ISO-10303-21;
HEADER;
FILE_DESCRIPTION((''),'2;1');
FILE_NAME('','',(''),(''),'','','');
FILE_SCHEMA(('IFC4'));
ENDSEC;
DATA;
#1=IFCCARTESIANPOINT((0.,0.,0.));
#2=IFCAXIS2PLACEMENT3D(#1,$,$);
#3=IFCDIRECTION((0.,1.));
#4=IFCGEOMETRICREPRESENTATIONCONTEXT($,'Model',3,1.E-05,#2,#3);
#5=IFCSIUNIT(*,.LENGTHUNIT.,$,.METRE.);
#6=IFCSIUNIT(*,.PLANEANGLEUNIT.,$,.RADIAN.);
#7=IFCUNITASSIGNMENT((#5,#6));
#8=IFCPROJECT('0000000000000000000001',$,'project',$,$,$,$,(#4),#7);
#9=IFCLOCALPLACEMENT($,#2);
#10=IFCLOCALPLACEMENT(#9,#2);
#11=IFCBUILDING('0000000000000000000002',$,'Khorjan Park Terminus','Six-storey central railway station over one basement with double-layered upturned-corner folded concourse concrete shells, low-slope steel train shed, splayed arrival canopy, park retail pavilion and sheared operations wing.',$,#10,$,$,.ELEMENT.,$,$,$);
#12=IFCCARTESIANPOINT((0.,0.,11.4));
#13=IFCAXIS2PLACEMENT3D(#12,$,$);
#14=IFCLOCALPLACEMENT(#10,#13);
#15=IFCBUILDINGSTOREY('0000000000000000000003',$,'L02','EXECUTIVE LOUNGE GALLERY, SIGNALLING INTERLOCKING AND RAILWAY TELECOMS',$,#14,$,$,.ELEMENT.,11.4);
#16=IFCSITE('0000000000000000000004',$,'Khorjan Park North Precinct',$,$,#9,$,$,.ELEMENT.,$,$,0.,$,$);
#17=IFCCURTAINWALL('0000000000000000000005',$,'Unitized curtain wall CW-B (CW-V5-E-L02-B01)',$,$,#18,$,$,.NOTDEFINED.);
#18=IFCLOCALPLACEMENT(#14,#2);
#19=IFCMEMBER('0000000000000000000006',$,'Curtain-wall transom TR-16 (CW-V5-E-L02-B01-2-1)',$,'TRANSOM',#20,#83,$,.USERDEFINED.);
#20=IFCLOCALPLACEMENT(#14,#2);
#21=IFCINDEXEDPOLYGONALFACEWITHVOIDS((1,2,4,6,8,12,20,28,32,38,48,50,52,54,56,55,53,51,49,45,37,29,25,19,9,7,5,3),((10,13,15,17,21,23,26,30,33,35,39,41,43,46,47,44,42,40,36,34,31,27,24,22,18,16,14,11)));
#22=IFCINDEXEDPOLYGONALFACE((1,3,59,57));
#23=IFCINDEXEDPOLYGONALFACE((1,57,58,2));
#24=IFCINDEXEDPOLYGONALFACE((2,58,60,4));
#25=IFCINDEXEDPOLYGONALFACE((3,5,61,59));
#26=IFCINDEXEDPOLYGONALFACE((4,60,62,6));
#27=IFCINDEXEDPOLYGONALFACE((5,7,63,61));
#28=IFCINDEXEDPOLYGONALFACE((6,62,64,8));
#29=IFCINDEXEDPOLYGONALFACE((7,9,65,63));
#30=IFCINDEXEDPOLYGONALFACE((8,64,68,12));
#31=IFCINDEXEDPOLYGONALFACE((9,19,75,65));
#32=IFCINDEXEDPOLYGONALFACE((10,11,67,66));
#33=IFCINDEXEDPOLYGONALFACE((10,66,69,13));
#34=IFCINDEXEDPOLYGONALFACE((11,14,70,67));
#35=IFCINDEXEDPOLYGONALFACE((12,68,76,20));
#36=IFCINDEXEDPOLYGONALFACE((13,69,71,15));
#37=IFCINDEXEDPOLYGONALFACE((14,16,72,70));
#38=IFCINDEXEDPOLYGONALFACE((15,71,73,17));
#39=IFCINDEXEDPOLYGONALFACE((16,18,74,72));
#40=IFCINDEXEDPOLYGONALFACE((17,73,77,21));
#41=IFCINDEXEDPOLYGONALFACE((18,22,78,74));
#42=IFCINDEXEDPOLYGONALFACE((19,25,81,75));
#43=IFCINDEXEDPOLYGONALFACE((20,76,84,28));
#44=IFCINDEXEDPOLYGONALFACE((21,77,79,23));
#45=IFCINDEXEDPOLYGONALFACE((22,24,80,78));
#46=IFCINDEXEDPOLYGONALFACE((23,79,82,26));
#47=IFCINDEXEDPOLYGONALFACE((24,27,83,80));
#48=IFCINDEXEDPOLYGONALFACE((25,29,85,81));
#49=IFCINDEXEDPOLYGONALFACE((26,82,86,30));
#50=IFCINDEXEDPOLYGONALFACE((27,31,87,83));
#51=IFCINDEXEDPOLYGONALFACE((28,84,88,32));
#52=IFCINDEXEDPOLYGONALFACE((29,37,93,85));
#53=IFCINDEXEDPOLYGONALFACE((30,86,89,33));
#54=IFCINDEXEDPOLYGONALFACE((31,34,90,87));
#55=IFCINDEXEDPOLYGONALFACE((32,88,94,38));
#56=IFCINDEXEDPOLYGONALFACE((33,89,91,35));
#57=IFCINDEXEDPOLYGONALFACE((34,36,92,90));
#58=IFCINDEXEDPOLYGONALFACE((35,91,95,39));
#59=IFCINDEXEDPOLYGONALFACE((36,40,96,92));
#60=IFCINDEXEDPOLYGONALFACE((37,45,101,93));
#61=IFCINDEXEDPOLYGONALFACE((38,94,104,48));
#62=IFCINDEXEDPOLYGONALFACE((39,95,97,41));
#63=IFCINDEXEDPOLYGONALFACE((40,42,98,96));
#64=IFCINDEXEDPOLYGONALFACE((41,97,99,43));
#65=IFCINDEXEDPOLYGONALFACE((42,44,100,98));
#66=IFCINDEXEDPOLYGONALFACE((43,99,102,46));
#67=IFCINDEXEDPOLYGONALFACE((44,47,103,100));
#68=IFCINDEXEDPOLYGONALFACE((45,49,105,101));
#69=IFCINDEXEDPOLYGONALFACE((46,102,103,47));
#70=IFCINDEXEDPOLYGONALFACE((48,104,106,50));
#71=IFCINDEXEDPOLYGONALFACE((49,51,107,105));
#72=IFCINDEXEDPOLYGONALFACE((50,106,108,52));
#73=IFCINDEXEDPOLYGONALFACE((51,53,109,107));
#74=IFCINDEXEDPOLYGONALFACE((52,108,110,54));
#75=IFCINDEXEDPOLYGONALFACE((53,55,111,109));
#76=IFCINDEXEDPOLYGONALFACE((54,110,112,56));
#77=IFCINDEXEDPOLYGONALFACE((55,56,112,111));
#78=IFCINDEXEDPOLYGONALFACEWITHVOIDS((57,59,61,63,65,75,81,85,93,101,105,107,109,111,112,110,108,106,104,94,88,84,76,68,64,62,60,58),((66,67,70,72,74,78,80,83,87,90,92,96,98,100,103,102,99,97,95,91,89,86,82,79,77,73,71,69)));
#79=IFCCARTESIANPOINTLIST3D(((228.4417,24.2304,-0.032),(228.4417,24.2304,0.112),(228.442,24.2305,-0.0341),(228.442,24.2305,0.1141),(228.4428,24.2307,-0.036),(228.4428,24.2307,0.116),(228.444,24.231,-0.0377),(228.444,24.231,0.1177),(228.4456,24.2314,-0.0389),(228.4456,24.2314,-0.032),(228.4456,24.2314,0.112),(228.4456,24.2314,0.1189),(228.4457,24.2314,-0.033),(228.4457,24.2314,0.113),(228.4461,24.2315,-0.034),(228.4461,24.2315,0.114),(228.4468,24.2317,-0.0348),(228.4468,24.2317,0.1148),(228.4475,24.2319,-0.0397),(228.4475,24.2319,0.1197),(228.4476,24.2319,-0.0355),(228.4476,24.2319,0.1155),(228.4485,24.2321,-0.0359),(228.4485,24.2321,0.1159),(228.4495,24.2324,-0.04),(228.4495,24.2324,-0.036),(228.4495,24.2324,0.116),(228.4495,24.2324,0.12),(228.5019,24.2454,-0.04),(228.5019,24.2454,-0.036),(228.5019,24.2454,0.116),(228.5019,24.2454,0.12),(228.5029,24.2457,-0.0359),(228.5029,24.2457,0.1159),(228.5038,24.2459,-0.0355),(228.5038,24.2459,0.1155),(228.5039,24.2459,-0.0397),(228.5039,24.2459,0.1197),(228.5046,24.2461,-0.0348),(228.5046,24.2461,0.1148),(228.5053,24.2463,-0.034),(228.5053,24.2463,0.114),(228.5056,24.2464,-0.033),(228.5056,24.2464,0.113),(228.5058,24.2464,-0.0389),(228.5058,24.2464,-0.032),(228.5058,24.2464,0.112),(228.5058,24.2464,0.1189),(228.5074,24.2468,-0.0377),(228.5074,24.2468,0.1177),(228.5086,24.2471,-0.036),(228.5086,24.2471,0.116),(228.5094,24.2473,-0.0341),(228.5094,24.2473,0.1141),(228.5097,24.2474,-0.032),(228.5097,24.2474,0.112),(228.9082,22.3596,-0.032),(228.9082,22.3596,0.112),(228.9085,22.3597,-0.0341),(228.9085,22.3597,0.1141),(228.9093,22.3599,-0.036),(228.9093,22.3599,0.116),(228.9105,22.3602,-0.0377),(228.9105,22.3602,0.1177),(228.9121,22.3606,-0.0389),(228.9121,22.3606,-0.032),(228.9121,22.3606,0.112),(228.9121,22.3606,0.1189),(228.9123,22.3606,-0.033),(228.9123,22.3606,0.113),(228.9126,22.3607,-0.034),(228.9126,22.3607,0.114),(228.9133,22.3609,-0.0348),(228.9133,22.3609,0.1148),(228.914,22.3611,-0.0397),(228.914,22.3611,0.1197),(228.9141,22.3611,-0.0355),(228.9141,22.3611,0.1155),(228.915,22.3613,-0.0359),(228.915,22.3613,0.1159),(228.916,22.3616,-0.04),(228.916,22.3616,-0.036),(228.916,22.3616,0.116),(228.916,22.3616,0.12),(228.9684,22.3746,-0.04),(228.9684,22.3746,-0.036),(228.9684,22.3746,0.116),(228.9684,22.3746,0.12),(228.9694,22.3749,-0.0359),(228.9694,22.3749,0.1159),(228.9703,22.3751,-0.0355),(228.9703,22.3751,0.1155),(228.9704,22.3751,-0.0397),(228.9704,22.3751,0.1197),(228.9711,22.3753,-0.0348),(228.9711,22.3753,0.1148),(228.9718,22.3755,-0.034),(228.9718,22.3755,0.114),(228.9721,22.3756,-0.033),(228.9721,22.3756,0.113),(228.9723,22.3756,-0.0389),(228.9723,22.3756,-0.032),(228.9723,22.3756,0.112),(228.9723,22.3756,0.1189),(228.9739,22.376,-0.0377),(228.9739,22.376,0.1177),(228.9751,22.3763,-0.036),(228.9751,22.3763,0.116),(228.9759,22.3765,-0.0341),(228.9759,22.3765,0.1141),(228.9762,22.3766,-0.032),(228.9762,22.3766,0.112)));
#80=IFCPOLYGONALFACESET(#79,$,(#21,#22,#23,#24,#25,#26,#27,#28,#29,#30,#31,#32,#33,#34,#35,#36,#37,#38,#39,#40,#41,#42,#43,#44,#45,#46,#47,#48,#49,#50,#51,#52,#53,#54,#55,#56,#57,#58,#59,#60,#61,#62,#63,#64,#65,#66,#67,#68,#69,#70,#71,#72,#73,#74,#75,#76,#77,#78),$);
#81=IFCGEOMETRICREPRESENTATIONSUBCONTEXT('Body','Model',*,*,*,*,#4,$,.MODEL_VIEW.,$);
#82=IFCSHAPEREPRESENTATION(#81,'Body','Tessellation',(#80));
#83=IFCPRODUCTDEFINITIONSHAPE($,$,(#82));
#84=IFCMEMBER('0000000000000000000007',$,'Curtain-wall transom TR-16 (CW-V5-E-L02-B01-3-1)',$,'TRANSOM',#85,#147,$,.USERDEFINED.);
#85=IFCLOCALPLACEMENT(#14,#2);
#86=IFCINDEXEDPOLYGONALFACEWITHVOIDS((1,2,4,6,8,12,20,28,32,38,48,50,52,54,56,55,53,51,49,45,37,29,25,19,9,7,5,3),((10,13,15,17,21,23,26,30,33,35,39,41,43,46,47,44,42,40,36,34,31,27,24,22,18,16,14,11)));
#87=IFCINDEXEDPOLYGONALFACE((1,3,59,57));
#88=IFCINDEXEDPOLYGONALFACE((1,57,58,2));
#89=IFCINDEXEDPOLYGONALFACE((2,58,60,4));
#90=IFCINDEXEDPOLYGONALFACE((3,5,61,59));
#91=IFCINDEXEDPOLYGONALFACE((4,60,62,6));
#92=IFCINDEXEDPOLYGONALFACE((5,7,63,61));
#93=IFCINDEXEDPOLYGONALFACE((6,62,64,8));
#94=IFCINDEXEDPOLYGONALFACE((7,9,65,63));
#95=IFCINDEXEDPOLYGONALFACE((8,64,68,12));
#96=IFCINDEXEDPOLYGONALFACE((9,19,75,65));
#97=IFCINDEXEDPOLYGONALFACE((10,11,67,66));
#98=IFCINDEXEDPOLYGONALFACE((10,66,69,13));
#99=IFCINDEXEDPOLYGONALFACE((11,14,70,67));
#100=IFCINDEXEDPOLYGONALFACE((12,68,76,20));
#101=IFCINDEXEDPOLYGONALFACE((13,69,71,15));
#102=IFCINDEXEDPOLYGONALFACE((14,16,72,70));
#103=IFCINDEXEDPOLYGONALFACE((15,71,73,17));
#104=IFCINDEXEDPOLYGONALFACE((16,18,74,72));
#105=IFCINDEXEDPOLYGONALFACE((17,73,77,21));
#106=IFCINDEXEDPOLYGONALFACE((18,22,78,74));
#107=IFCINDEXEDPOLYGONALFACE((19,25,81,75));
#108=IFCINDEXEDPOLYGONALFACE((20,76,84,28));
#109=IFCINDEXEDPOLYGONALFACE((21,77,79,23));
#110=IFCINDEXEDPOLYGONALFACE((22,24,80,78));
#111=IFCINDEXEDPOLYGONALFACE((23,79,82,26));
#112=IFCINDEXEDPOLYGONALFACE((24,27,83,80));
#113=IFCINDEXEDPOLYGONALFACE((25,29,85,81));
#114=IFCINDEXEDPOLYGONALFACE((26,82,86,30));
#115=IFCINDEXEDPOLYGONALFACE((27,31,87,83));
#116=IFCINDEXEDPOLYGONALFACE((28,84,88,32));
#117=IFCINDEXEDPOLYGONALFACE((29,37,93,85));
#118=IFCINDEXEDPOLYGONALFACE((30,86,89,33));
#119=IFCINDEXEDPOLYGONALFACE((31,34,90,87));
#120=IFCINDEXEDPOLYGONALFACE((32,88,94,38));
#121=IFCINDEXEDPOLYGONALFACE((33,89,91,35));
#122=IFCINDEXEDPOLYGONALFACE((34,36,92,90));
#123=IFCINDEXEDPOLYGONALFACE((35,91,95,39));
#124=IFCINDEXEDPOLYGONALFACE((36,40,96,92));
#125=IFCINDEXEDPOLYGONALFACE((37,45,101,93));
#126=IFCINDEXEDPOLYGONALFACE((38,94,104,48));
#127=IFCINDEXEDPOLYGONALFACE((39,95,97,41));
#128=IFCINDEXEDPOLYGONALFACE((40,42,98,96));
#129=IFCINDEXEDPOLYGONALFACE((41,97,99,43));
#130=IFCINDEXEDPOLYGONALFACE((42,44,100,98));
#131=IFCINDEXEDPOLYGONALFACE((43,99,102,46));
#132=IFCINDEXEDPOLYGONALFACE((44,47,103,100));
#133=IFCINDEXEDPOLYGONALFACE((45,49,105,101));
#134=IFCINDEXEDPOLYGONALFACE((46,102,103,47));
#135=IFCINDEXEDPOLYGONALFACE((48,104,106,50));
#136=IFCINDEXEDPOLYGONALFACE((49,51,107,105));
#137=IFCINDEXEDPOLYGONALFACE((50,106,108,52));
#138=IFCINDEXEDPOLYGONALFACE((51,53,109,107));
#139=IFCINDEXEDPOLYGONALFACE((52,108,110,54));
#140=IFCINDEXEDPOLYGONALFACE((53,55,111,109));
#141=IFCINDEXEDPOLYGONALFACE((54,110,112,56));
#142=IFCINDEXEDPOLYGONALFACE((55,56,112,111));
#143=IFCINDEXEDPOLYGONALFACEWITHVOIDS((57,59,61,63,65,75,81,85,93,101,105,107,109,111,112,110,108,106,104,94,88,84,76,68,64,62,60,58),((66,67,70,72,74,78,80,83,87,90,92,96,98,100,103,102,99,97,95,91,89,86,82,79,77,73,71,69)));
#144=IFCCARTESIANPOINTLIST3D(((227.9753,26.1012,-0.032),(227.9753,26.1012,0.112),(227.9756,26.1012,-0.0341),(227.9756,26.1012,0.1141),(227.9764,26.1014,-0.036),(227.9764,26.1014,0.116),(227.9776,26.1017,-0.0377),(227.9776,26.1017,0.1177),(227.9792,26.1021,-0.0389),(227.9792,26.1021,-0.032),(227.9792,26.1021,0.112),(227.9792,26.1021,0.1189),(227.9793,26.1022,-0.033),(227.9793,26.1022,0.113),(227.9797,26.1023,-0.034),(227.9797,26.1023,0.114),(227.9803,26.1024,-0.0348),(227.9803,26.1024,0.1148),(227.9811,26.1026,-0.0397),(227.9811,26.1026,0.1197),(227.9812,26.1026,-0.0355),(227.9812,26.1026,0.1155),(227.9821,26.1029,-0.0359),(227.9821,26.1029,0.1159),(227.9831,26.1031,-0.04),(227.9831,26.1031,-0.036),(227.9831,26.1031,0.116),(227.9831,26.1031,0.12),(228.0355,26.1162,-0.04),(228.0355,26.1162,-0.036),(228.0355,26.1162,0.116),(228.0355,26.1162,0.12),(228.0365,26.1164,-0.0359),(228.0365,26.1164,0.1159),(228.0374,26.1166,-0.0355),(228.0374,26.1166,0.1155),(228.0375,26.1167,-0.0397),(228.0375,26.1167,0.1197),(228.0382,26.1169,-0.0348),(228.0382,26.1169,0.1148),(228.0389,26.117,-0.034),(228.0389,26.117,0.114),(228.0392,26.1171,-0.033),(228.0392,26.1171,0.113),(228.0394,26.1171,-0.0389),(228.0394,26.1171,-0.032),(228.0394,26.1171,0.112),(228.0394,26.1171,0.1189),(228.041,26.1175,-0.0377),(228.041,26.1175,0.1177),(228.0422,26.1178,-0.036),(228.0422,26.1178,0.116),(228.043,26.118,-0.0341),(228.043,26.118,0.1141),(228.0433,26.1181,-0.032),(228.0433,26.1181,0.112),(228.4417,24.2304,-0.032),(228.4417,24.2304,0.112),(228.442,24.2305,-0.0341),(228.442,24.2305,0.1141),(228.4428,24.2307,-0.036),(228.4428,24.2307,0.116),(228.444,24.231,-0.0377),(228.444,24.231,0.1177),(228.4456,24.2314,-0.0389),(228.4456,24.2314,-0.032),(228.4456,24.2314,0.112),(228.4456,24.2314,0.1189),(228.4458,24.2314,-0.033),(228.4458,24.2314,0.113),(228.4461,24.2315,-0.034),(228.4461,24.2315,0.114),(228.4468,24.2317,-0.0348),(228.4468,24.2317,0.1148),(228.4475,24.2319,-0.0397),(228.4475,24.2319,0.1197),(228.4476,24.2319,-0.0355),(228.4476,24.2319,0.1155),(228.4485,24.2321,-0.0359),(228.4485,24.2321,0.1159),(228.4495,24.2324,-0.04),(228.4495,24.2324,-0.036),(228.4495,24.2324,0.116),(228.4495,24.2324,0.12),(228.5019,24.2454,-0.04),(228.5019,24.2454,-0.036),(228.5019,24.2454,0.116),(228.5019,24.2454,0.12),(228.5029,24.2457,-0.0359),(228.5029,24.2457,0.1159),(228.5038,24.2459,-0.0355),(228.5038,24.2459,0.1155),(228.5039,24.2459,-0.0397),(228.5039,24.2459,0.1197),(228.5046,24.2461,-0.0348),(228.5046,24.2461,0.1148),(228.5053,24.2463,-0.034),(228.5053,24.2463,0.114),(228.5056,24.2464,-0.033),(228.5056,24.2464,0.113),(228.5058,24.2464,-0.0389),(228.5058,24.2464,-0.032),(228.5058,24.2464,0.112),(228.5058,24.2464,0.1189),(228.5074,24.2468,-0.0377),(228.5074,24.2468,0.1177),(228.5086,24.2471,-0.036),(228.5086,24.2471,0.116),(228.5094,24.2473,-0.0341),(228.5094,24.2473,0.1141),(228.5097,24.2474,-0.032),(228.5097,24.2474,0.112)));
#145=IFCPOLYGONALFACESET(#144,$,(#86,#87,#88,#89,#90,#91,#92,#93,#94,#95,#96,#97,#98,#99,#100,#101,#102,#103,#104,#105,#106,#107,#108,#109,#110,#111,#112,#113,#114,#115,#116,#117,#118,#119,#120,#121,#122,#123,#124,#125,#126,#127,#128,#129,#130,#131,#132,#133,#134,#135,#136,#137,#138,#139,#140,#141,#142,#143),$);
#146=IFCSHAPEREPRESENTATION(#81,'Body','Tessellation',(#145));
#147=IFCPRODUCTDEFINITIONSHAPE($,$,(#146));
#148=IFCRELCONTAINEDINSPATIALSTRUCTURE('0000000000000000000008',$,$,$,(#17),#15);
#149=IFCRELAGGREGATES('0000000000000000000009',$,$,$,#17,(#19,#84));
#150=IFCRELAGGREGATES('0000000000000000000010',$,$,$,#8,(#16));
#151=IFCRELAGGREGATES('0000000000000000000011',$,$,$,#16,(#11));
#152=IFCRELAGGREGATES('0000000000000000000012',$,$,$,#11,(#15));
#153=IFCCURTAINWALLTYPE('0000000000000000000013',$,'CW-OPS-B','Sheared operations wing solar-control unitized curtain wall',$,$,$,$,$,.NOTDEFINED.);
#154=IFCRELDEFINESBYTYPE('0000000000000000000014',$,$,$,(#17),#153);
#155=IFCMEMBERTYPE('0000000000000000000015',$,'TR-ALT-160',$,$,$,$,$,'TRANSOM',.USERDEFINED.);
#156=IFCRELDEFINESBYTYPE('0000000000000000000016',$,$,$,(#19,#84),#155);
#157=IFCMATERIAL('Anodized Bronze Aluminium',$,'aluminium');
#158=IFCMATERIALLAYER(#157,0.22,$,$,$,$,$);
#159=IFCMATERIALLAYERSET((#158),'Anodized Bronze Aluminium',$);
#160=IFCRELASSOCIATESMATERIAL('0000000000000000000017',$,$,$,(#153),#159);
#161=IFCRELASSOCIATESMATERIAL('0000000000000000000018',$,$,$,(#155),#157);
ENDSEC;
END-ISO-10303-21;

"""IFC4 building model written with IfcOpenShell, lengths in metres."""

from ifc_helpers import new_model, si_unit, direction, frame, origin, origin_2d, place, context, subcontext, project, spatial, hollow_rectangle, extrude, material, layer, layer_set, material_profile, profile_set, type_object, element, aggregate, save


model = new_model("IFC4")

# Units and contexts
model_context = context("Model", 3, precision=1e-05, world=origin(), true_north=direction((0.0, 1.0)))
body_context = subcontext(model_context, "Body", "Model", "MODEL_VIEW")
ifc_project = project(units=[si_unit("LENGTHUNIT", "METRE"), si_unit("PLANEANGLEUNIT", "RADIAN")], contexts=[model_context])

# Site, building, storey
site_placement = place(None, origin())
site = spatial("IfcSite", under=ifc_project, at=site_placement, Name="Khorjan Park North Precinct", CompositionType="ELEMENT", RefElevation=0.0)
building_placement = place(site_placement, origin())
building = spatial("IfcBuilding", under=site, at=building_placement, Name="Khorjan Park Terminus", Description="Six-storey central railway station over one basement with double-layered upturned-corner folded concourse concrete shells, low-slope steel train shed, splayed arrival canopy, park retail pavilion and sheared operations wing.", CompositionType="ELEMENT")
storey_placement = place(building_placement, frame((0.0, 0.0, 11.4)))
storey = spatial("IfcBuildingStorey", under=building, at=storey_placement, Name="L02", Description="EXECUTIVE LOUNGE GALLERY, SIGNALLING INTERLOCKING AND RAILWAY TELECOMS", CompositionType="ELEMENT", Elevation=11.4)

# Shared definitions
ifc_material_1 = material(Name="Anodized Bronze Aluminium", Category="aluminium")
ifc_layer_1 = layer(ifc_material_1, 0.22)
ifc_layer_set_1 = layer_set([ifc_layer_1], Name="Anodized Bronze Aluminium")
curtain_wall_type = type_object("IfcCurtainWallType", Name="CW-OPS-B", Description="Sheared operations wing solar-control unitized curtain wall", PredefinedType="NOTDEFINED", material=ifc_layer_set_1)

# Curtain wall, members
curtain_wall_1_placement = place(storey_placement, origin())
curtain_wall_1 = element("IfcCurtainWall", 1, at=curtain_wall_1_placement, inside=storey, type_object=curtain_wall_type, Name="Unitized curtain wall CW-B (CW-V5-E-L02-B01)", PredefinedType="NOTDEFINED")
ifc_material_profile_1 = material_profile(ifc_material_1, hollow_rectangle(XDim=0.07, YDim=0.16, WallThickness=0.004, InnerFilletRadius=0.004, OuterFilletRadius=0.008, at=origin_2d()), Name="ALT 70x160x4")
ifc_profile_set_1 = profile_set([ifc_material_profile_1], Name="Anodized Bronze Aluminium")
member_type_1 = type_object("IfcMemberType", Name="TR-ALT-160", ElementType="TRANSOM", PredefinedType="USERDEFINED", material=ifc_profile_set_1)
member_1_placement = place(storey_placement, frame((228.9422, 22.3681, 0.04), z_axis=(-0.24195, 0.970289, 0.0), x_axis=(-0.970289, -0.24195, 0.0)))
member_1 = element("IfcMember", 2, at=member_1_placement, type_object=member_type_1, Name="Curtain-wall transom TR-16 (CW-V5-E-L02-B01-2-1)", ObjectType="TRANSOM", PredefinedType="USERDEFINED", context=body_context, shape_type="SweptSolid", body=[
    extrude(hollow_rectangle(XDim=0.07, YDim=0.16, WallThickness=0.004, InnerFilletRadius=0.004, OuterFilletRadius=0.008, at=origin_2d()), origin(), (0.0, 0.0, 1.0), 1.9281),
])
member_2_placement = place(storey_placement, frame((228.4757, 24.2389, 0.04), z_axis=(-0.241913, 0.970298, 0.0), x_axis=(-0.970298, -0.241913, 0.0)))
member_2 = element("IfcMember", 3, at=member_2_placement, type_object=member_type_1, Name="Curtain-wall transom TR-16 (CW-V5-E-L02-B01-3-1)", ObjectType="TRANSOM", PredefinedType="USERDEFINED", context=body_context, shape_type="SweptSolid", body=[
    extrude(hollow_rectangle(XDim=0.07, YDim=0.16, WallThickness=0.004, InnerFilletRadius=0.004, OuterFilletRadius=0.008, at=origin_2d()), origin(), (0.0, 0.0, 1.0), 1.928),
])
aggregate(curtain_wall_1, [member_1, member_2])

save(model, "model.ifc")
